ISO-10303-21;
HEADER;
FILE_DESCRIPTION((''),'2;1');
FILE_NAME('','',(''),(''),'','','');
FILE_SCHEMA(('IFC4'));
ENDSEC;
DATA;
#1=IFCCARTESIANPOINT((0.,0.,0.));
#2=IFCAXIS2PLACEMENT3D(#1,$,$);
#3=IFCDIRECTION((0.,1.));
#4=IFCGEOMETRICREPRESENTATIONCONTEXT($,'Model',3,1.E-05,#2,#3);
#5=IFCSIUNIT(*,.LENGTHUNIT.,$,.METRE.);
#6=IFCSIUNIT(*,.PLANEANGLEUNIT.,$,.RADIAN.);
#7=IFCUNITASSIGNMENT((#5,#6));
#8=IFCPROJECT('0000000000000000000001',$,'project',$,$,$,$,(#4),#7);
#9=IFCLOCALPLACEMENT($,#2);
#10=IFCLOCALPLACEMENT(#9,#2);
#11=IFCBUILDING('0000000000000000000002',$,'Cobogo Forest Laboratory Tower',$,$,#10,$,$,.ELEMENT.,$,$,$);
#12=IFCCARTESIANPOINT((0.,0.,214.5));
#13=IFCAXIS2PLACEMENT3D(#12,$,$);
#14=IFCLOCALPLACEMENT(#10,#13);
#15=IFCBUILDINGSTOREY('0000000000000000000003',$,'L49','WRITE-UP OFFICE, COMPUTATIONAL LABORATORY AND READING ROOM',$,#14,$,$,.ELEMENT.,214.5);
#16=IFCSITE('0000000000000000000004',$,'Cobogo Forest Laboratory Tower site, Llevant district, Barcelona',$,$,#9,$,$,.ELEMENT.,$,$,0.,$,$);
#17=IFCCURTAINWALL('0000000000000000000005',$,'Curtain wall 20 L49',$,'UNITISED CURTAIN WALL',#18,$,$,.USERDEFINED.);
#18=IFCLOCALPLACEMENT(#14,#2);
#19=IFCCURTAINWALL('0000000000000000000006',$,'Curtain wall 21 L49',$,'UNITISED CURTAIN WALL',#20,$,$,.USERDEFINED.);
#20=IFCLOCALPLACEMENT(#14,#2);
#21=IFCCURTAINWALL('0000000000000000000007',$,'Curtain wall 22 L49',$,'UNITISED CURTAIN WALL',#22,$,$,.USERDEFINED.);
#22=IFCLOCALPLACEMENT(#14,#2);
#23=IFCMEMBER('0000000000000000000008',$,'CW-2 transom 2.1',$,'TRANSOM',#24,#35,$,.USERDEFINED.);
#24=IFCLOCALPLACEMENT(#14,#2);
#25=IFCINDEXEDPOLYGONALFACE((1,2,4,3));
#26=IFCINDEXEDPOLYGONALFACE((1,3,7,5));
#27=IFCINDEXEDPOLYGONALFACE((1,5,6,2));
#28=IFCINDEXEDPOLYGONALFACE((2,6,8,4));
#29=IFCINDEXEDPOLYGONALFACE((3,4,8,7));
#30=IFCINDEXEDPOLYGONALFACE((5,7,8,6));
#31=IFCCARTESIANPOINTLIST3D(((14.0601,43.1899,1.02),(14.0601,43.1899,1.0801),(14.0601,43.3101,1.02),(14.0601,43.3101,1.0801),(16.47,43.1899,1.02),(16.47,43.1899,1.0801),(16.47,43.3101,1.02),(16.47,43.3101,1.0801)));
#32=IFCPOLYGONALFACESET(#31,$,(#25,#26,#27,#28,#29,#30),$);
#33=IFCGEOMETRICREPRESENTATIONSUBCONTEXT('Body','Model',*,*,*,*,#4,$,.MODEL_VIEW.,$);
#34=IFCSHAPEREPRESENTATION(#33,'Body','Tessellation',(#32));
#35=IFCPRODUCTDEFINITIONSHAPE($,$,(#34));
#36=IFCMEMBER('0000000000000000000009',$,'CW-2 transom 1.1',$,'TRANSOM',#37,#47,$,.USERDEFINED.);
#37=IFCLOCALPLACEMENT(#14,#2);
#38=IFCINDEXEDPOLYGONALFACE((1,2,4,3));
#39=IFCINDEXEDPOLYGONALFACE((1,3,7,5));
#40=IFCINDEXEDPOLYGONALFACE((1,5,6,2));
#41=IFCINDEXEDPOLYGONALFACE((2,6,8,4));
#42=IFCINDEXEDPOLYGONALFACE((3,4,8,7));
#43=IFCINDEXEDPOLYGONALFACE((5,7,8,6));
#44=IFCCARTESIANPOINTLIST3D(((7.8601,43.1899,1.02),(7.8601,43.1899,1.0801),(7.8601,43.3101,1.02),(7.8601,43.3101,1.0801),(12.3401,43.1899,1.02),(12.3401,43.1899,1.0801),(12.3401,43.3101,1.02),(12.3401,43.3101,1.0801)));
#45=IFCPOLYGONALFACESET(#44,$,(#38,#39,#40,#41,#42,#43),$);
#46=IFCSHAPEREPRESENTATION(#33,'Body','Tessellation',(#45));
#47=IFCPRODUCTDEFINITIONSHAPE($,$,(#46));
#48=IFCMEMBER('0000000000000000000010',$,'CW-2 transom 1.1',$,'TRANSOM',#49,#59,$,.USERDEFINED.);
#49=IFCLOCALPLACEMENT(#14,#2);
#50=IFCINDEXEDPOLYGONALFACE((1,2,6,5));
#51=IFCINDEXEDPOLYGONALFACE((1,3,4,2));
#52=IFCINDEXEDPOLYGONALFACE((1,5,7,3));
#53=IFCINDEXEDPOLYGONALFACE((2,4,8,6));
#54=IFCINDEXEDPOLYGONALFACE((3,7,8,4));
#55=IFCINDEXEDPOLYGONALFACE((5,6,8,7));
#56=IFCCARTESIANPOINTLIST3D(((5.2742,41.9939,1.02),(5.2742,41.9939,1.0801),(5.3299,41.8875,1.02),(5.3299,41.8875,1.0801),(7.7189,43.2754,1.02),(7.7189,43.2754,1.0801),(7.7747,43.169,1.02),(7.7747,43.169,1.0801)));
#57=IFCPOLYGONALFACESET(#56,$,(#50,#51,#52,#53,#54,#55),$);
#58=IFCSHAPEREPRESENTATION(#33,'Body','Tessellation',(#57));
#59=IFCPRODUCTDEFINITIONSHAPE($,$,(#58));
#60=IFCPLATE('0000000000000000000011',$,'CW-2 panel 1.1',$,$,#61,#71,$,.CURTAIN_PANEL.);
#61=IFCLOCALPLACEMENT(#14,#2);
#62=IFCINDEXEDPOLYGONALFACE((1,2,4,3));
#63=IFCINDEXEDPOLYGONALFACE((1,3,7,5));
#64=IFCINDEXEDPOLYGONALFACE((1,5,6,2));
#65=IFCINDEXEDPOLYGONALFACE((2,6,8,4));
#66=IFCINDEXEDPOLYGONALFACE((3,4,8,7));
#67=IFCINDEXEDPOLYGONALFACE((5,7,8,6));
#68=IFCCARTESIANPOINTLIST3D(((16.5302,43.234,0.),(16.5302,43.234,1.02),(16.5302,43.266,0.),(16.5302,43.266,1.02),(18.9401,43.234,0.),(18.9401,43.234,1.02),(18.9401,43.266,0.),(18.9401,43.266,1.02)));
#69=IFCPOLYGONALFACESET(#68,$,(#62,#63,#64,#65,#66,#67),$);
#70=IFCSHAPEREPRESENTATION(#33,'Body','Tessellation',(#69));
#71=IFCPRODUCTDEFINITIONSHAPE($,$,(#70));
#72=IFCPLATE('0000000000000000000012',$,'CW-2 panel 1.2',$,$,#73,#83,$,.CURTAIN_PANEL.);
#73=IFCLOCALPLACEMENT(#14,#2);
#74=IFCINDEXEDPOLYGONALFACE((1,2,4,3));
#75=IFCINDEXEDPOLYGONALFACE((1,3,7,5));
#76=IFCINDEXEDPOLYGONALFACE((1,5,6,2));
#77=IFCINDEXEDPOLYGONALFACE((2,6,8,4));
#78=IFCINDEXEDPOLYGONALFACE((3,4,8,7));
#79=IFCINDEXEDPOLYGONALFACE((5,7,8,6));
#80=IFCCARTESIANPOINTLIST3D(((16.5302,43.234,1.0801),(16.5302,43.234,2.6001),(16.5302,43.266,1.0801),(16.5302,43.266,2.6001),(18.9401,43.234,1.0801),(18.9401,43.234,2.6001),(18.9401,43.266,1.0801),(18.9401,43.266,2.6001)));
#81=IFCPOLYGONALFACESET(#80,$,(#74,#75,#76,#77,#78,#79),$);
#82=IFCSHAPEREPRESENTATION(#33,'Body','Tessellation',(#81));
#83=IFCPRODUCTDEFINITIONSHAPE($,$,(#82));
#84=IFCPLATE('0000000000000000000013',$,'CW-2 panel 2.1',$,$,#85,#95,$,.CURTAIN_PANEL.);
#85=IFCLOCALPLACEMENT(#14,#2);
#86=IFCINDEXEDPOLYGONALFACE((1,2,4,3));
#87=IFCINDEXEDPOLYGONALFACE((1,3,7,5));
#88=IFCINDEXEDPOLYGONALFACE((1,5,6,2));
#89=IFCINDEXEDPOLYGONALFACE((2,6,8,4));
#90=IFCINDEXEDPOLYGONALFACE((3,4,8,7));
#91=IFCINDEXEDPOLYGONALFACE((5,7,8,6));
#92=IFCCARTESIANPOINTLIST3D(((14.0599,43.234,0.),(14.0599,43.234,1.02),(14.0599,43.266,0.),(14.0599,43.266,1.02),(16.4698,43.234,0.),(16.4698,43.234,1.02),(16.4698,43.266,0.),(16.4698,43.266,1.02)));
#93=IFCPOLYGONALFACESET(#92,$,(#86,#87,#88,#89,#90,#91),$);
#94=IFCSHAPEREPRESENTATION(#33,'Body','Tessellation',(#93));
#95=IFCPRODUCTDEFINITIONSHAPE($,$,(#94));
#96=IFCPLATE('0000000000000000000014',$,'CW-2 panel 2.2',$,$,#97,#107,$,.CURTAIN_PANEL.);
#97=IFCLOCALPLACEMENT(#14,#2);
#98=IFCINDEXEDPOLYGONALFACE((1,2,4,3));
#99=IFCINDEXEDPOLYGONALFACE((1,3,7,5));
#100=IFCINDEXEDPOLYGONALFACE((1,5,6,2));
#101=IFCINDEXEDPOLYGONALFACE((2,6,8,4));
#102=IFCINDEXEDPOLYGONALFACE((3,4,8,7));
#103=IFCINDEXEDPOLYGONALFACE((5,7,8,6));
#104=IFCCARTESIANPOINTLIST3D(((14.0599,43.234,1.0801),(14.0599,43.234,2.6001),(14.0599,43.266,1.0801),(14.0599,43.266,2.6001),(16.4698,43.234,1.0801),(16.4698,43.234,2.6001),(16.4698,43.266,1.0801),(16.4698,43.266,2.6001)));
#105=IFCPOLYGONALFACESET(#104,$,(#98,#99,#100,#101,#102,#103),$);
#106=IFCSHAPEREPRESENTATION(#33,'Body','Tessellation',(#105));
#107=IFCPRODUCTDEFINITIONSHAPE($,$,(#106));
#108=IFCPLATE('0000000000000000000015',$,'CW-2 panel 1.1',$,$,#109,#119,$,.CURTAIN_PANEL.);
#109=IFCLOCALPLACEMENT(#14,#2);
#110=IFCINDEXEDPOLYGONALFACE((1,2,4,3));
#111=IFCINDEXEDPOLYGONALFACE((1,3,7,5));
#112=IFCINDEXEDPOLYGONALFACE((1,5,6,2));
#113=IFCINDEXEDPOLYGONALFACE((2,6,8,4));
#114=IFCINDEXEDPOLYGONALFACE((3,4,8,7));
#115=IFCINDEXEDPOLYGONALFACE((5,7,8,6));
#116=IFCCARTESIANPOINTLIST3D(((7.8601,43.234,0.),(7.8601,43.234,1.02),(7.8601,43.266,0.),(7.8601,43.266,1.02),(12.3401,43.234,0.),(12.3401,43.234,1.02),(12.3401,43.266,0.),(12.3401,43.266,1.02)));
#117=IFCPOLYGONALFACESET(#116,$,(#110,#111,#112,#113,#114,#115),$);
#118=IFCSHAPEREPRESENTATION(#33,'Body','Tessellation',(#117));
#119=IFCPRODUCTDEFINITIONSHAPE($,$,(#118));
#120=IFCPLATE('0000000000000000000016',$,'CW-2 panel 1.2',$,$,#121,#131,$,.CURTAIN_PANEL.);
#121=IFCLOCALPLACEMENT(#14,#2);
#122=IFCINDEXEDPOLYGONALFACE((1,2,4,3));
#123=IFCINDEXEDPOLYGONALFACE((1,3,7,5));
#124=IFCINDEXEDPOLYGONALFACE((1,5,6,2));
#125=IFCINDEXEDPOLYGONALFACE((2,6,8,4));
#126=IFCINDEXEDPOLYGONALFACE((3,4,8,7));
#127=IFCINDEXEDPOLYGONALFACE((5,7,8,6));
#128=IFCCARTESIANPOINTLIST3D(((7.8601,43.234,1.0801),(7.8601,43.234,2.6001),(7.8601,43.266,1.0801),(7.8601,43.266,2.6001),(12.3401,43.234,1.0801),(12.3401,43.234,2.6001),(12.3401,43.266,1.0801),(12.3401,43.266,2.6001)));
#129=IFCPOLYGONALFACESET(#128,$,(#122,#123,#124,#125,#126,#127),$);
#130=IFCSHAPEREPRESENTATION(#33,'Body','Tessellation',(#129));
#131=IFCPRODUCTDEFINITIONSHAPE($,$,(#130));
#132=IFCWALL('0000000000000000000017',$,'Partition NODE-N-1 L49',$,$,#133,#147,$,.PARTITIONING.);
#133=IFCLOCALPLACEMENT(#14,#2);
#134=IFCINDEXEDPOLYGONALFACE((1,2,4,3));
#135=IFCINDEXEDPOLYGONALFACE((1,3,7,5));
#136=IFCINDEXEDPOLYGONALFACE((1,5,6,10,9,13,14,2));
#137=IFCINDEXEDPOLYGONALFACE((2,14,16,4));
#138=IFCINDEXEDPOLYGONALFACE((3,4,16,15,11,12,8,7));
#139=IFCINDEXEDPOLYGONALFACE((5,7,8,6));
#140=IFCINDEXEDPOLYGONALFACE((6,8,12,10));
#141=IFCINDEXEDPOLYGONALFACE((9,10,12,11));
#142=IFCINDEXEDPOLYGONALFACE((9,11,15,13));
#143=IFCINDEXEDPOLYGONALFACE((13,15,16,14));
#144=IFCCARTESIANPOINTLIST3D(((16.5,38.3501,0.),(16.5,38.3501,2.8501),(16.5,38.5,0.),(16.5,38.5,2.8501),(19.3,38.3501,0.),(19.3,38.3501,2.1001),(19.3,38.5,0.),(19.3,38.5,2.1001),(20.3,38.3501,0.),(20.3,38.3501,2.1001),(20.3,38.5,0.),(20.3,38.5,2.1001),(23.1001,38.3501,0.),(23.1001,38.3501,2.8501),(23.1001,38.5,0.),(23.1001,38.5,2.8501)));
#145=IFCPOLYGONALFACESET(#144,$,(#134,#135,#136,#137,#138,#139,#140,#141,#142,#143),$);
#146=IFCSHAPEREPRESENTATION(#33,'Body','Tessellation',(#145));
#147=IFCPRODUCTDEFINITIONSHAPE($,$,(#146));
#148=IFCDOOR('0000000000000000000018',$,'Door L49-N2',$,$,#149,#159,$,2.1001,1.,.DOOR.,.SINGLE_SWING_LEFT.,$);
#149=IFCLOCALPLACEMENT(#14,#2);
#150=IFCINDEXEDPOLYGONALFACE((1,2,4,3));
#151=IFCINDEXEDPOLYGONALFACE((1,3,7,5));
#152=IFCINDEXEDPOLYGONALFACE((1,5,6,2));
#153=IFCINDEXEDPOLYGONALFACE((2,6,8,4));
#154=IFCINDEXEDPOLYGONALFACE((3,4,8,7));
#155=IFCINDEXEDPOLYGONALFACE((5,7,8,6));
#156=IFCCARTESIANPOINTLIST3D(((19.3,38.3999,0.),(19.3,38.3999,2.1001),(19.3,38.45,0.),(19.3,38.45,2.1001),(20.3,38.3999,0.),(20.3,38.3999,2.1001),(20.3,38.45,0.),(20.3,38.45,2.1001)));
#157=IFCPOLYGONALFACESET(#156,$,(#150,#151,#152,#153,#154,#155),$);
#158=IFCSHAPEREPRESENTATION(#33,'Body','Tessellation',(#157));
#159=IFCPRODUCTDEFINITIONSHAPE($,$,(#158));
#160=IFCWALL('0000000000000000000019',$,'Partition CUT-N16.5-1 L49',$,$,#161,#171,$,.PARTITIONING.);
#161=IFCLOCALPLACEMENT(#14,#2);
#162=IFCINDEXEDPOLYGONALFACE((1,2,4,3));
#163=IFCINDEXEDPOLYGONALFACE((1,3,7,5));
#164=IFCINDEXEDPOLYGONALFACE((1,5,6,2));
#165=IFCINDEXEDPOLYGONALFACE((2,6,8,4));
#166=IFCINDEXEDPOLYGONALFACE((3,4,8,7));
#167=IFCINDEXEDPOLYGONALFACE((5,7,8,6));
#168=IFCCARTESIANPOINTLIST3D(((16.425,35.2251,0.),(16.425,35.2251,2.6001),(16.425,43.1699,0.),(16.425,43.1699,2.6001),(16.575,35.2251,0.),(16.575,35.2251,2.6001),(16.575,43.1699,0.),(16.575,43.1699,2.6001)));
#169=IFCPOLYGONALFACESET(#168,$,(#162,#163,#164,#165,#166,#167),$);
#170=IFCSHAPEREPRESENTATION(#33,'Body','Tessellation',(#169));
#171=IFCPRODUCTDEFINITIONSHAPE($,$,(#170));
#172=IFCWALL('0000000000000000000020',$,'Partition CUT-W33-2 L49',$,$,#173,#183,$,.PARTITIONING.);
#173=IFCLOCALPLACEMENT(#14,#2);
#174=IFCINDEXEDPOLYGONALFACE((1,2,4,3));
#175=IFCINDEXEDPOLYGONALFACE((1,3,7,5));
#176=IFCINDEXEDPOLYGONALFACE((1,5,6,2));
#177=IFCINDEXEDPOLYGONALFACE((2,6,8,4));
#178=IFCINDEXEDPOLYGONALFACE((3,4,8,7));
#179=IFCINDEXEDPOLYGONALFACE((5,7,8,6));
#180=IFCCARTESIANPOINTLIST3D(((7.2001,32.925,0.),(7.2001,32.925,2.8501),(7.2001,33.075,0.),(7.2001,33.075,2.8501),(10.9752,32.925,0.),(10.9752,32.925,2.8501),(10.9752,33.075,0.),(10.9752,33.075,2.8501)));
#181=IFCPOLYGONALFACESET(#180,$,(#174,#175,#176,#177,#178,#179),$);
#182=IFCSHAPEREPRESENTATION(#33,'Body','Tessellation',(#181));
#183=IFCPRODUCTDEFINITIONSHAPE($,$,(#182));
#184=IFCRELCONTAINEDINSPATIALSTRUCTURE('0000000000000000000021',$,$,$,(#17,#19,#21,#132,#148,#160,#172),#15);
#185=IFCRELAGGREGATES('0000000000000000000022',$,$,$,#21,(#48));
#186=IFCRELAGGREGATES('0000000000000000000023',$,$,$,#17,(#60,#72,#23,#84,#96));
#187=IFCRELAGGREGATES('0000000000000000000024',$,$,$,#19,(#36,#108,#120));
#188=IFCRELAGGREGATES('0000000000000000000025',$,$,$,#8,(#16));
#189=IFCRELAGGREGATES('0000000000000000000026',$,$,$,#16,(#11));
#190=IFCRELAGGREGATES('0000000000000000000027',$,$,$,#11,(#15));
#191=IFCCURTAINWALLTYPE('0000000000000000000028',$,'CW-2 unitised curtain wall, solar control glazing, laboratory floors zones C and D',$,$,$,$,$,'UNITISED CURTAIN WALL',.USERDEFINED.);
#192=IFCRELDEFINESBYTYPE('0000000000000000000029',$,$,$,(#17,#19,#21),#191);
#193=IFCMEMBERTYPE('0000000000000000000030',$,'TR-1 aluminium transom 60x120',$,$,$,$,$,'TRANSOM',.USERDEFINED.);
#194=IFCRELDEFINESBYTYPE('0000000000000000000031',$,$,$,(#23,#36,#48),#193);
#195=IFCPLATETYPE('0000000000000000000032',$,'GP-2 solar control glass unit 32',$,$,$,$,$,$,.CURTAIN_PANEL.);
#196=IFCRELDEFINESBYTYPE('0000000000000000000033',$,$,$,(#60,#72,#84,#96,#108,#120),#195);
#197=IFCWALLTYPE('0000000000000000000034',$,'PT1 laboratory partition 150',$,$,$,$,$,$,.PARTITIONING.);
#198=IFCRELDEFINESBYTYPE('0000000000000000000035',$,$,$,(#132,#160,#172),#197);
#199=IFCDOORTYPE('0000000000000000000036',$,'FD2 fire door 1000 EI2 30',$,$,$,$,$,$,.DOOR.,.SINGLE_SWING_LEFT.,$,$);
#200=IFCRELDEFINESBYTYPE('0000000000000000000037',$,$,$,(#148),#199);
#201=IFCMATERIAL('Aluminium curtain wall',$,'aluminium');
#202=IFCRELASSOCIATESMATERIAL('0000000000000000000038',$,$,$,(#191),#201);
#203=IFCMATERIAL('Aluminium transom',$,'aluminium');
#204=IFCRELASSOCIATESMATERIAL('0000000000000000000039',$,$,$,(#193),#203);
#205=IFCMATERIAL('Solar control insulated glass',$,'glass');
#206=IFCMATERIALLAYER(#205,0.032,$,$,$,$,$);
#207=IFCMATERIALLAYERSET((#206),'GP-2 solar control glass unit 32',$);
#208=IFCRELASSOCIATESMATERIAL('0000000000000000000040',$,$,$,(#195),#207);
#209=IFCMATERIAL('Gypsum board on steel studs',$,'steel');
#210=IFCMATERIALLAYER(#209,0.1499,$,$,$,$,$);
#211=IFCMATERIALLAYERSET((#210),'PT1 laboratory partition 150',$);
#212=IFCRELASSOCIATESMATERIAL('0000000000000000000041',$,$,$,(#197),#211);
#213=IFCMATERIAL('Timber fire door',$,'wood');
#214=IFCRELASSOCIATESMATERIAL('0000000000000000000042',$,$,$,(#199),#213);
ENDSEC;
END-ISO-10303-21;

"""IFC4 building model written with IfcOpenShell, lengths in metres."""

from ifc_helpers import new_model, si_unit, direction, frame, frame_2d, origin, origin_2d, place, context, subcontext, project, spatial, rectangle, extrude, material, layer, layer_set, material_profile, profile_set, type_object, element, fill, aggregate, save


model = new_model("IFC4")

# Units and contexts
model_context = context("Model", 3, precision=1e-05, world=origin(), true_north=direction((0.0, 1.0)))
body_context = subcontext(model_context, "Body", "Model", "MODEL_VIEW")
ifc_project = project(units=[si_unit("LENGTHUNIT", "METRE"), si_unit("PLANEANGLEUNIT", "RADIAN")], contexts=[model_context])

# Site, building, storey
site_placement = place(None, origin())
site = spatial("IfcSite", under=ifc_project, at=site_placement, Name="Cobogo Forest Laboratory Tower site, Llevant district, Barcelona", CompositionType="ELEMENT", RefElevation=0.0)
building_placement = place(site_placement, origin())
building = spatial("IfcBuilding", under=site, at=building_placement, Name="Cobogo Forest Laboratory Tower", CompositionType="ELEMENT")
storey_placement = place(building_placement, frame((0.0, 0.0, 214.5)))
storey = spatial("IfcBuildingStorey", under=building, at=storey_placement, Name="L49", Description="WRITE-UP OFFICE, COMPUTATIONAL LABORATORY AND READING ROOM", CompositionType="ELEMENT", Elevation=214.5)

# Curtain walls
ifc_material_1 = material(Name="Aluminium curtain wall", Category="aluminium")
curtain_wall_type = type_object("IfcCurtainWallType", Name="CW-2 unitised curtain wall, solar control glazing, laboratory floors zones C and D", ElementType="UNITISED CURTAIN WALL", PredefinedType="USERDEFINED", material=ifc_material_1)
curtain_wall_1_placement = place(storey_placement, origin())
curtain_wall_1 = element("IfcCurtainWall", 1, at=curtain_wall_1_placement, inside=storey, type_object=curtain_wall_type, Name="Curtain wall 20 L49", ObjectType="UNITISED CURTAIN WALL", PredefinedType="USERDEFINED")
curtain_wall_2_placement = place(storey_placement, origin())
curtain_wall_2 = element("IfcCurtainWall", 2, at=curtain_wall_2_placement, inside=storey, type_object=curtain_wall_type, Name="Curtain wall 21 L49", ObjectType="UNITISED CURTAIN WALL", PredefinedType="USERDEFINED")

# Curtain wall
curtain_wall_3_placement = place(storey_placement, origin())
curtain_wall_3 = element("IfcCurtainWall", 3, at=curtain_wall_3_placement, inside=storey, type_object=curtain_wall_type, Name="Curtain wall 22 L49", ObjectType="UNITISED CURTAIN WALL", PredefinedType="USERDEFINED")

# Members
ifc_material_2 = material(Name="Aluminium transom", Category="aluminium")
ifc_material_profile_1 = material_profile(ifc_material_2, rectangle(XDim=0.1201, YDim=0.0601, at=origin_2d()), Name="AL 60x120")
ifc_profile_set_1 = profile_set([ifc_material_profile_1], Name="Aluminium transom")
member_type_1 = type_object("IfcMemberType", Name="TR-1 aluminium transom 60x120", ElementType="TRANSOM", PredefinedType="USERDEFINED", material=ifc_profile_set_1)
member_1_placement = place(storey_placement, frame((16.47, 43.25, 1.05), z_axis=(-1.0, 0.0, 0.0), x_axis=(0.0, -1.0, 0.0)))
member_1 = element("IfcMember", 4, at=member_1_placement, type_object=member_type_1, Name="CW-2 transom 2.1", ObjectType="TRANSOM", PredefinedType="USERDEFINED", context=body_context, shape_type="SweptSolid", body=[
    extrude(rectangle(XDim=0.1201, YDim=0.0601, at=origin_2d()), origin(), (0.0, 0.0, 1.0), 2.4099),
])
member_2_placement = place(storey_placement, frame((12.3401, 43.25, 1.05), z_axis=(-1.0, 0.0, 0.0), x_axis=(0.0, -1.0, 0.0)))
member_2 = element("IfcMember", 5, at=member_2_placement, type_object=member_type_1, Name="CW-2 transom 1.1", ObjectType="TRANSOM", PredefinedType="USERDEFINED", context=body_context, shape_type="SweptSolid", body=[
    extrude(rectangle(XDim=0.1201, YDim=0.0601, at=origin_2d()), origin(), (0.0, 0.0, 1.0), 4.48),
])
member_3_placement = place(storey_placement, frame((7.7468, 43.2222, 1.05), z_axis=(-0.885702, -0.464255, 0.0), x_axis=(0.464255, -0.885702, 0.0)))
member_3 = element("IfcMember", 6, at=member_3_placement, type_object=member_type_1, Name="CW-2 transom 1.1", ObjectType="TRANSOM", PredefinedType="USERDEFINED", context=body_context, shape_type="SweptSolid", body=[
    extrude(rectangle(XDim=0.1201, YDim=0.0601, at=origin_2d()), origin(), (0.0, 0.0, 1.0), 2.7603),
])
aggregate(curtain_wall_3, [member_3])

# Plates
ifc_material_3 = material(Name="Solar control insulated glass", Category="glass")
ifc_layer_1 = layer(ifc_material_3, 0.032)
ifc_layer_set_1 = layer_set([ifc_layer_1], Name="GP-2 solar control glass unit 32")
plate_type_1 = type_object("IfcPlateType", Name="GP-2 solar control glass unit 32", PredefinedType="CURTAIN_PANEL", material=ifc_layer_set_1)
plate_1_placement = place(storey_placement, frame((17.7351, 43.25, 0.0), z_axis=(0.0, 0.0, 1.0), x_axis=(-1.0, 0.0, 0.0)))
plate_1 = element("IfcPlate", 7, at=plate_1_placement, type_object=plate_type_1, Name="CW-2 panel 1.1", PredefinedType="CURTAIN_PANEL", context=body_context, shape_type="SweptSolid", body=[
    extrude(rectangle(XDim=2.4099, YDim=0.032, at=origin_2d()), origin(), (0.0, 0.0, 1.0), 1.02),
])
plate_2_placement = place(storey_placement, frame((17.7351, 43.25, 1.0801), z_axis=(0.0, 0.0, 1.0), x_axis=(-1.0, 0.0, 0.0)))
plate_2 = element("IfcPlate", 8, at=plate_2_placement, type_object=plate_type_1, Name="CW-2 panel 1.2", PredefinedType="CURTAIN_PANEL", context=body_context, shape_type="SweptSolid", body=[
    extrude(rectangle(XDim=2.4099, YDim=0.032, at=origin_2d()), origin(), (0.0, 0.0, 1.0), 1.52),
])
plate_3_placement = place(storey_placement, frame((15.2649, 43.25, 0.0), z_axis=(0.0, 0.0, 1.0), x_axis=(-1.0, 0.0, 0.0)))
plate_3 = element("IfcPlate", 9, at=plate_3_placement, type_object=plate_type_1, Name="CW-2 panel 2.1", PredefinedType="CURTAIN_PANEL", context=body_context, shape_type="SweptSolid", body=[
    extrude(rectangle(XDim=2.4099, YDim=0.032, at=origin_2d()), origin(), (0.0, 0.0, 1.0), 1.02),
])
plate_4_placement = place(storey_placement, frame((15.2649, 43.25, 1.0801), z_axis=(0.0, 0.0, 1.0), x_axis=(-1.0, 0.0, 0.0)))
plate_4 = element("IfcPlate", 10, at=plate_4_placement, type_object=plate_type_1, Name="CW-2 panel 2.2", PredefinedType="CURTAIN_PANEL", context=body_context, shape_type="SweptSolid", body=[
    extrude(rectangle(XDim=2.4099, YDim=0.032, at=origin_2d()), origin(), (0.0, 0.0, 1.0), 1.52),
])
aggregate(curtain_wall_1, [plate_1, plate_2, member_1, plate_3, plate_4])
plate_5_placement = place(storey_placement, frame((10.1001, 43.25, 0.0), z_axis=(0.0, 0.0, 1.0), x_axis=(-1.0, 0.0, 0.0)))
plate_5 = element("IfcPlate", 11, at=plate_5_placement, type_object=plate_type_1, Name="CW-2 panel 1.1", PredefinedType="CURTAIN_PANEL", context=body_context, shape_type="SweptSolid", body=[
    extrude(rectangle(XDim=4.48, YDim=0.032, at=origin_2d()), origin(), (0.0, 0.0, 1.0), 1.02),
])
plate_6_placement = place(storey_placement, frame((10.1001, 43.25, 1.0801), z_axis=(0.0, 0.0, 1.0), x_axis=(-1.0, 0.0, 0.0)))
plate_6 = element("IfcPlate", 12, at=plate_6_placement, type_object=plate_type_1, Name="CW-2 panel 1.2", PredefinedType="CURTAIN_PANEL", context=body_context, shape_type="SweptSolid", body=[
    extrude(rectangle(XDim=4.48, YDim=0.032, at=origin_2d()), origin(), (0.0, 0.0, 1.0), 1.52),
])
aggregate(curtain_wall_2, [member_2, plate_5, plate_6])

# Wall, opening, door
ifc_material_4 = material(Name="Gypsum board on steel studs", Category="steel")
ifc_layer_2 = layer(ifc_material_4, 0.1499)
ifc_layer_set_2 = layer_set([ifc_layer_2], Name="PT1 laboratory partition 150")
wall_type_1 = type_object("IfcWallType", Name="PT1 laboratory partition 150", PredefinedType="PARTITIONING", material=ifc_layer_set_2)
wall_1_placement = place(storey_placement, frame((16.5, 38.425, 0.0), z_axis=(0.0, 0.0, 1.0), x_axis=(1.0, 0.0, 0.0)))
wall_1 = element("IfcWall", 13, at=wall_1_placement, inside=storey, type_object=wall_type_1, Name="Partition NODE-N-1 L49", PredefinedType="PARTITIONING", context=body_context, shape_type="SweptSolid", body=[
    extrude(rectangle(XDim=6.6001, YDim=0.1499, at=frame_2d((3.3, 0.0))), origin(), (0.0, 0.0, 1.0), 2.8501),
])
opening_1_placement = place(wall_1_placement, frame((2.8, 0.0, 0.0)))
opening_1 = element("IfcOpeningElement", 14, at=opening_1_placement, cuts=wall_1, PredefinedType="OPENING", context=body_context, shape_type="SweptSolid", body=[
    extrude(rectangle(XDim=1.0, YDim=2.1001, at=frame_2d((0.5, 1.05))), frame((0.0, 0.085, 0.0), z_axis=(0.0, -1.0, 0.0), x_axis=(1.0, 0.0, 0.0)), (0.0, 0.0, 1.0), 0.1699),
])
ifc_material_5 = material(Name="Timber fire door", Category="wood")
door_type = type_object("IfcDoorType", Name="FD2 fire door 1000 EI2 30", OperationType="SINGLE_SWING_LEFT", PredefinedType="DOOR", material=ifc_material_5)
door_1_placement = place(opening_1_placement, origin())
door_1 = element("IfcDoor", 15, at=door_1_placement, inside=storey, type_object=door_type, Name="Door L49-N2", OperationType="SINGLE_SWING_LEFT", OverallHeight=2.1001, OverallWidth=1.0, PredefinedType="DOOR", context=body_context, shape_type="SweptSolid", body=[
    extrude(rectangle(XDim=1.0, YDim=2.1001, at=frame_2d((0.5, 1.05))), frame((0.0, 0.0249, 0.0), z_axis=(0.0, -1.0, 0.0), x_axis=(1.0, 0.0, 0.0)), (0.0, 0.0, 1.0), 0.05),
])
fill(opening_1, door_1)

# Walls
wall_2_placement = place(storey_placement, frame((16.5, 43.1699, 0.0), z_axis=(0.0, 0.0, 1.0), x_axis=(0.0, -1.0, 0.0)))
element("IfcWall", 16, at=wall_2_placement, inside=storey, type_object=wall_type_1, Name="Partition CUT-N16.5-1 L49", PredefinedType="PARTITIONING", context=body_context, shape_type="SweptSolid", body=[
    extrude(rectangle(XDim=7.9448, YDim=0.1499, at=frame_2d((3.9724, 0.0))), origin(), (0.0, 0.0, 1.0), 2.6001),
])
wall_3_placement = place(storey_placement, frame((7.2, 33.0, 0.0), z_axis=(0.0, 0.0, 1.0), x_axis=(1.0, 0.0, 0.0)))
element("IfcWall", 17, at=wall_3_placement, inside=storey, type_object=wall_type_1, Name="Partition CUT-W33-2 L49", PredefinedType="PARTITIONING", context=body_context, shape_type="SweptSolid", body=[
    extrude(rectangle(XDim=3.7751, YDim=0.1499, at=frame_2d((1.8877, 0.0))), origin(), (0.0, 0.0, 1.0), 2.8501),
])

save(model, "model.ifc")
